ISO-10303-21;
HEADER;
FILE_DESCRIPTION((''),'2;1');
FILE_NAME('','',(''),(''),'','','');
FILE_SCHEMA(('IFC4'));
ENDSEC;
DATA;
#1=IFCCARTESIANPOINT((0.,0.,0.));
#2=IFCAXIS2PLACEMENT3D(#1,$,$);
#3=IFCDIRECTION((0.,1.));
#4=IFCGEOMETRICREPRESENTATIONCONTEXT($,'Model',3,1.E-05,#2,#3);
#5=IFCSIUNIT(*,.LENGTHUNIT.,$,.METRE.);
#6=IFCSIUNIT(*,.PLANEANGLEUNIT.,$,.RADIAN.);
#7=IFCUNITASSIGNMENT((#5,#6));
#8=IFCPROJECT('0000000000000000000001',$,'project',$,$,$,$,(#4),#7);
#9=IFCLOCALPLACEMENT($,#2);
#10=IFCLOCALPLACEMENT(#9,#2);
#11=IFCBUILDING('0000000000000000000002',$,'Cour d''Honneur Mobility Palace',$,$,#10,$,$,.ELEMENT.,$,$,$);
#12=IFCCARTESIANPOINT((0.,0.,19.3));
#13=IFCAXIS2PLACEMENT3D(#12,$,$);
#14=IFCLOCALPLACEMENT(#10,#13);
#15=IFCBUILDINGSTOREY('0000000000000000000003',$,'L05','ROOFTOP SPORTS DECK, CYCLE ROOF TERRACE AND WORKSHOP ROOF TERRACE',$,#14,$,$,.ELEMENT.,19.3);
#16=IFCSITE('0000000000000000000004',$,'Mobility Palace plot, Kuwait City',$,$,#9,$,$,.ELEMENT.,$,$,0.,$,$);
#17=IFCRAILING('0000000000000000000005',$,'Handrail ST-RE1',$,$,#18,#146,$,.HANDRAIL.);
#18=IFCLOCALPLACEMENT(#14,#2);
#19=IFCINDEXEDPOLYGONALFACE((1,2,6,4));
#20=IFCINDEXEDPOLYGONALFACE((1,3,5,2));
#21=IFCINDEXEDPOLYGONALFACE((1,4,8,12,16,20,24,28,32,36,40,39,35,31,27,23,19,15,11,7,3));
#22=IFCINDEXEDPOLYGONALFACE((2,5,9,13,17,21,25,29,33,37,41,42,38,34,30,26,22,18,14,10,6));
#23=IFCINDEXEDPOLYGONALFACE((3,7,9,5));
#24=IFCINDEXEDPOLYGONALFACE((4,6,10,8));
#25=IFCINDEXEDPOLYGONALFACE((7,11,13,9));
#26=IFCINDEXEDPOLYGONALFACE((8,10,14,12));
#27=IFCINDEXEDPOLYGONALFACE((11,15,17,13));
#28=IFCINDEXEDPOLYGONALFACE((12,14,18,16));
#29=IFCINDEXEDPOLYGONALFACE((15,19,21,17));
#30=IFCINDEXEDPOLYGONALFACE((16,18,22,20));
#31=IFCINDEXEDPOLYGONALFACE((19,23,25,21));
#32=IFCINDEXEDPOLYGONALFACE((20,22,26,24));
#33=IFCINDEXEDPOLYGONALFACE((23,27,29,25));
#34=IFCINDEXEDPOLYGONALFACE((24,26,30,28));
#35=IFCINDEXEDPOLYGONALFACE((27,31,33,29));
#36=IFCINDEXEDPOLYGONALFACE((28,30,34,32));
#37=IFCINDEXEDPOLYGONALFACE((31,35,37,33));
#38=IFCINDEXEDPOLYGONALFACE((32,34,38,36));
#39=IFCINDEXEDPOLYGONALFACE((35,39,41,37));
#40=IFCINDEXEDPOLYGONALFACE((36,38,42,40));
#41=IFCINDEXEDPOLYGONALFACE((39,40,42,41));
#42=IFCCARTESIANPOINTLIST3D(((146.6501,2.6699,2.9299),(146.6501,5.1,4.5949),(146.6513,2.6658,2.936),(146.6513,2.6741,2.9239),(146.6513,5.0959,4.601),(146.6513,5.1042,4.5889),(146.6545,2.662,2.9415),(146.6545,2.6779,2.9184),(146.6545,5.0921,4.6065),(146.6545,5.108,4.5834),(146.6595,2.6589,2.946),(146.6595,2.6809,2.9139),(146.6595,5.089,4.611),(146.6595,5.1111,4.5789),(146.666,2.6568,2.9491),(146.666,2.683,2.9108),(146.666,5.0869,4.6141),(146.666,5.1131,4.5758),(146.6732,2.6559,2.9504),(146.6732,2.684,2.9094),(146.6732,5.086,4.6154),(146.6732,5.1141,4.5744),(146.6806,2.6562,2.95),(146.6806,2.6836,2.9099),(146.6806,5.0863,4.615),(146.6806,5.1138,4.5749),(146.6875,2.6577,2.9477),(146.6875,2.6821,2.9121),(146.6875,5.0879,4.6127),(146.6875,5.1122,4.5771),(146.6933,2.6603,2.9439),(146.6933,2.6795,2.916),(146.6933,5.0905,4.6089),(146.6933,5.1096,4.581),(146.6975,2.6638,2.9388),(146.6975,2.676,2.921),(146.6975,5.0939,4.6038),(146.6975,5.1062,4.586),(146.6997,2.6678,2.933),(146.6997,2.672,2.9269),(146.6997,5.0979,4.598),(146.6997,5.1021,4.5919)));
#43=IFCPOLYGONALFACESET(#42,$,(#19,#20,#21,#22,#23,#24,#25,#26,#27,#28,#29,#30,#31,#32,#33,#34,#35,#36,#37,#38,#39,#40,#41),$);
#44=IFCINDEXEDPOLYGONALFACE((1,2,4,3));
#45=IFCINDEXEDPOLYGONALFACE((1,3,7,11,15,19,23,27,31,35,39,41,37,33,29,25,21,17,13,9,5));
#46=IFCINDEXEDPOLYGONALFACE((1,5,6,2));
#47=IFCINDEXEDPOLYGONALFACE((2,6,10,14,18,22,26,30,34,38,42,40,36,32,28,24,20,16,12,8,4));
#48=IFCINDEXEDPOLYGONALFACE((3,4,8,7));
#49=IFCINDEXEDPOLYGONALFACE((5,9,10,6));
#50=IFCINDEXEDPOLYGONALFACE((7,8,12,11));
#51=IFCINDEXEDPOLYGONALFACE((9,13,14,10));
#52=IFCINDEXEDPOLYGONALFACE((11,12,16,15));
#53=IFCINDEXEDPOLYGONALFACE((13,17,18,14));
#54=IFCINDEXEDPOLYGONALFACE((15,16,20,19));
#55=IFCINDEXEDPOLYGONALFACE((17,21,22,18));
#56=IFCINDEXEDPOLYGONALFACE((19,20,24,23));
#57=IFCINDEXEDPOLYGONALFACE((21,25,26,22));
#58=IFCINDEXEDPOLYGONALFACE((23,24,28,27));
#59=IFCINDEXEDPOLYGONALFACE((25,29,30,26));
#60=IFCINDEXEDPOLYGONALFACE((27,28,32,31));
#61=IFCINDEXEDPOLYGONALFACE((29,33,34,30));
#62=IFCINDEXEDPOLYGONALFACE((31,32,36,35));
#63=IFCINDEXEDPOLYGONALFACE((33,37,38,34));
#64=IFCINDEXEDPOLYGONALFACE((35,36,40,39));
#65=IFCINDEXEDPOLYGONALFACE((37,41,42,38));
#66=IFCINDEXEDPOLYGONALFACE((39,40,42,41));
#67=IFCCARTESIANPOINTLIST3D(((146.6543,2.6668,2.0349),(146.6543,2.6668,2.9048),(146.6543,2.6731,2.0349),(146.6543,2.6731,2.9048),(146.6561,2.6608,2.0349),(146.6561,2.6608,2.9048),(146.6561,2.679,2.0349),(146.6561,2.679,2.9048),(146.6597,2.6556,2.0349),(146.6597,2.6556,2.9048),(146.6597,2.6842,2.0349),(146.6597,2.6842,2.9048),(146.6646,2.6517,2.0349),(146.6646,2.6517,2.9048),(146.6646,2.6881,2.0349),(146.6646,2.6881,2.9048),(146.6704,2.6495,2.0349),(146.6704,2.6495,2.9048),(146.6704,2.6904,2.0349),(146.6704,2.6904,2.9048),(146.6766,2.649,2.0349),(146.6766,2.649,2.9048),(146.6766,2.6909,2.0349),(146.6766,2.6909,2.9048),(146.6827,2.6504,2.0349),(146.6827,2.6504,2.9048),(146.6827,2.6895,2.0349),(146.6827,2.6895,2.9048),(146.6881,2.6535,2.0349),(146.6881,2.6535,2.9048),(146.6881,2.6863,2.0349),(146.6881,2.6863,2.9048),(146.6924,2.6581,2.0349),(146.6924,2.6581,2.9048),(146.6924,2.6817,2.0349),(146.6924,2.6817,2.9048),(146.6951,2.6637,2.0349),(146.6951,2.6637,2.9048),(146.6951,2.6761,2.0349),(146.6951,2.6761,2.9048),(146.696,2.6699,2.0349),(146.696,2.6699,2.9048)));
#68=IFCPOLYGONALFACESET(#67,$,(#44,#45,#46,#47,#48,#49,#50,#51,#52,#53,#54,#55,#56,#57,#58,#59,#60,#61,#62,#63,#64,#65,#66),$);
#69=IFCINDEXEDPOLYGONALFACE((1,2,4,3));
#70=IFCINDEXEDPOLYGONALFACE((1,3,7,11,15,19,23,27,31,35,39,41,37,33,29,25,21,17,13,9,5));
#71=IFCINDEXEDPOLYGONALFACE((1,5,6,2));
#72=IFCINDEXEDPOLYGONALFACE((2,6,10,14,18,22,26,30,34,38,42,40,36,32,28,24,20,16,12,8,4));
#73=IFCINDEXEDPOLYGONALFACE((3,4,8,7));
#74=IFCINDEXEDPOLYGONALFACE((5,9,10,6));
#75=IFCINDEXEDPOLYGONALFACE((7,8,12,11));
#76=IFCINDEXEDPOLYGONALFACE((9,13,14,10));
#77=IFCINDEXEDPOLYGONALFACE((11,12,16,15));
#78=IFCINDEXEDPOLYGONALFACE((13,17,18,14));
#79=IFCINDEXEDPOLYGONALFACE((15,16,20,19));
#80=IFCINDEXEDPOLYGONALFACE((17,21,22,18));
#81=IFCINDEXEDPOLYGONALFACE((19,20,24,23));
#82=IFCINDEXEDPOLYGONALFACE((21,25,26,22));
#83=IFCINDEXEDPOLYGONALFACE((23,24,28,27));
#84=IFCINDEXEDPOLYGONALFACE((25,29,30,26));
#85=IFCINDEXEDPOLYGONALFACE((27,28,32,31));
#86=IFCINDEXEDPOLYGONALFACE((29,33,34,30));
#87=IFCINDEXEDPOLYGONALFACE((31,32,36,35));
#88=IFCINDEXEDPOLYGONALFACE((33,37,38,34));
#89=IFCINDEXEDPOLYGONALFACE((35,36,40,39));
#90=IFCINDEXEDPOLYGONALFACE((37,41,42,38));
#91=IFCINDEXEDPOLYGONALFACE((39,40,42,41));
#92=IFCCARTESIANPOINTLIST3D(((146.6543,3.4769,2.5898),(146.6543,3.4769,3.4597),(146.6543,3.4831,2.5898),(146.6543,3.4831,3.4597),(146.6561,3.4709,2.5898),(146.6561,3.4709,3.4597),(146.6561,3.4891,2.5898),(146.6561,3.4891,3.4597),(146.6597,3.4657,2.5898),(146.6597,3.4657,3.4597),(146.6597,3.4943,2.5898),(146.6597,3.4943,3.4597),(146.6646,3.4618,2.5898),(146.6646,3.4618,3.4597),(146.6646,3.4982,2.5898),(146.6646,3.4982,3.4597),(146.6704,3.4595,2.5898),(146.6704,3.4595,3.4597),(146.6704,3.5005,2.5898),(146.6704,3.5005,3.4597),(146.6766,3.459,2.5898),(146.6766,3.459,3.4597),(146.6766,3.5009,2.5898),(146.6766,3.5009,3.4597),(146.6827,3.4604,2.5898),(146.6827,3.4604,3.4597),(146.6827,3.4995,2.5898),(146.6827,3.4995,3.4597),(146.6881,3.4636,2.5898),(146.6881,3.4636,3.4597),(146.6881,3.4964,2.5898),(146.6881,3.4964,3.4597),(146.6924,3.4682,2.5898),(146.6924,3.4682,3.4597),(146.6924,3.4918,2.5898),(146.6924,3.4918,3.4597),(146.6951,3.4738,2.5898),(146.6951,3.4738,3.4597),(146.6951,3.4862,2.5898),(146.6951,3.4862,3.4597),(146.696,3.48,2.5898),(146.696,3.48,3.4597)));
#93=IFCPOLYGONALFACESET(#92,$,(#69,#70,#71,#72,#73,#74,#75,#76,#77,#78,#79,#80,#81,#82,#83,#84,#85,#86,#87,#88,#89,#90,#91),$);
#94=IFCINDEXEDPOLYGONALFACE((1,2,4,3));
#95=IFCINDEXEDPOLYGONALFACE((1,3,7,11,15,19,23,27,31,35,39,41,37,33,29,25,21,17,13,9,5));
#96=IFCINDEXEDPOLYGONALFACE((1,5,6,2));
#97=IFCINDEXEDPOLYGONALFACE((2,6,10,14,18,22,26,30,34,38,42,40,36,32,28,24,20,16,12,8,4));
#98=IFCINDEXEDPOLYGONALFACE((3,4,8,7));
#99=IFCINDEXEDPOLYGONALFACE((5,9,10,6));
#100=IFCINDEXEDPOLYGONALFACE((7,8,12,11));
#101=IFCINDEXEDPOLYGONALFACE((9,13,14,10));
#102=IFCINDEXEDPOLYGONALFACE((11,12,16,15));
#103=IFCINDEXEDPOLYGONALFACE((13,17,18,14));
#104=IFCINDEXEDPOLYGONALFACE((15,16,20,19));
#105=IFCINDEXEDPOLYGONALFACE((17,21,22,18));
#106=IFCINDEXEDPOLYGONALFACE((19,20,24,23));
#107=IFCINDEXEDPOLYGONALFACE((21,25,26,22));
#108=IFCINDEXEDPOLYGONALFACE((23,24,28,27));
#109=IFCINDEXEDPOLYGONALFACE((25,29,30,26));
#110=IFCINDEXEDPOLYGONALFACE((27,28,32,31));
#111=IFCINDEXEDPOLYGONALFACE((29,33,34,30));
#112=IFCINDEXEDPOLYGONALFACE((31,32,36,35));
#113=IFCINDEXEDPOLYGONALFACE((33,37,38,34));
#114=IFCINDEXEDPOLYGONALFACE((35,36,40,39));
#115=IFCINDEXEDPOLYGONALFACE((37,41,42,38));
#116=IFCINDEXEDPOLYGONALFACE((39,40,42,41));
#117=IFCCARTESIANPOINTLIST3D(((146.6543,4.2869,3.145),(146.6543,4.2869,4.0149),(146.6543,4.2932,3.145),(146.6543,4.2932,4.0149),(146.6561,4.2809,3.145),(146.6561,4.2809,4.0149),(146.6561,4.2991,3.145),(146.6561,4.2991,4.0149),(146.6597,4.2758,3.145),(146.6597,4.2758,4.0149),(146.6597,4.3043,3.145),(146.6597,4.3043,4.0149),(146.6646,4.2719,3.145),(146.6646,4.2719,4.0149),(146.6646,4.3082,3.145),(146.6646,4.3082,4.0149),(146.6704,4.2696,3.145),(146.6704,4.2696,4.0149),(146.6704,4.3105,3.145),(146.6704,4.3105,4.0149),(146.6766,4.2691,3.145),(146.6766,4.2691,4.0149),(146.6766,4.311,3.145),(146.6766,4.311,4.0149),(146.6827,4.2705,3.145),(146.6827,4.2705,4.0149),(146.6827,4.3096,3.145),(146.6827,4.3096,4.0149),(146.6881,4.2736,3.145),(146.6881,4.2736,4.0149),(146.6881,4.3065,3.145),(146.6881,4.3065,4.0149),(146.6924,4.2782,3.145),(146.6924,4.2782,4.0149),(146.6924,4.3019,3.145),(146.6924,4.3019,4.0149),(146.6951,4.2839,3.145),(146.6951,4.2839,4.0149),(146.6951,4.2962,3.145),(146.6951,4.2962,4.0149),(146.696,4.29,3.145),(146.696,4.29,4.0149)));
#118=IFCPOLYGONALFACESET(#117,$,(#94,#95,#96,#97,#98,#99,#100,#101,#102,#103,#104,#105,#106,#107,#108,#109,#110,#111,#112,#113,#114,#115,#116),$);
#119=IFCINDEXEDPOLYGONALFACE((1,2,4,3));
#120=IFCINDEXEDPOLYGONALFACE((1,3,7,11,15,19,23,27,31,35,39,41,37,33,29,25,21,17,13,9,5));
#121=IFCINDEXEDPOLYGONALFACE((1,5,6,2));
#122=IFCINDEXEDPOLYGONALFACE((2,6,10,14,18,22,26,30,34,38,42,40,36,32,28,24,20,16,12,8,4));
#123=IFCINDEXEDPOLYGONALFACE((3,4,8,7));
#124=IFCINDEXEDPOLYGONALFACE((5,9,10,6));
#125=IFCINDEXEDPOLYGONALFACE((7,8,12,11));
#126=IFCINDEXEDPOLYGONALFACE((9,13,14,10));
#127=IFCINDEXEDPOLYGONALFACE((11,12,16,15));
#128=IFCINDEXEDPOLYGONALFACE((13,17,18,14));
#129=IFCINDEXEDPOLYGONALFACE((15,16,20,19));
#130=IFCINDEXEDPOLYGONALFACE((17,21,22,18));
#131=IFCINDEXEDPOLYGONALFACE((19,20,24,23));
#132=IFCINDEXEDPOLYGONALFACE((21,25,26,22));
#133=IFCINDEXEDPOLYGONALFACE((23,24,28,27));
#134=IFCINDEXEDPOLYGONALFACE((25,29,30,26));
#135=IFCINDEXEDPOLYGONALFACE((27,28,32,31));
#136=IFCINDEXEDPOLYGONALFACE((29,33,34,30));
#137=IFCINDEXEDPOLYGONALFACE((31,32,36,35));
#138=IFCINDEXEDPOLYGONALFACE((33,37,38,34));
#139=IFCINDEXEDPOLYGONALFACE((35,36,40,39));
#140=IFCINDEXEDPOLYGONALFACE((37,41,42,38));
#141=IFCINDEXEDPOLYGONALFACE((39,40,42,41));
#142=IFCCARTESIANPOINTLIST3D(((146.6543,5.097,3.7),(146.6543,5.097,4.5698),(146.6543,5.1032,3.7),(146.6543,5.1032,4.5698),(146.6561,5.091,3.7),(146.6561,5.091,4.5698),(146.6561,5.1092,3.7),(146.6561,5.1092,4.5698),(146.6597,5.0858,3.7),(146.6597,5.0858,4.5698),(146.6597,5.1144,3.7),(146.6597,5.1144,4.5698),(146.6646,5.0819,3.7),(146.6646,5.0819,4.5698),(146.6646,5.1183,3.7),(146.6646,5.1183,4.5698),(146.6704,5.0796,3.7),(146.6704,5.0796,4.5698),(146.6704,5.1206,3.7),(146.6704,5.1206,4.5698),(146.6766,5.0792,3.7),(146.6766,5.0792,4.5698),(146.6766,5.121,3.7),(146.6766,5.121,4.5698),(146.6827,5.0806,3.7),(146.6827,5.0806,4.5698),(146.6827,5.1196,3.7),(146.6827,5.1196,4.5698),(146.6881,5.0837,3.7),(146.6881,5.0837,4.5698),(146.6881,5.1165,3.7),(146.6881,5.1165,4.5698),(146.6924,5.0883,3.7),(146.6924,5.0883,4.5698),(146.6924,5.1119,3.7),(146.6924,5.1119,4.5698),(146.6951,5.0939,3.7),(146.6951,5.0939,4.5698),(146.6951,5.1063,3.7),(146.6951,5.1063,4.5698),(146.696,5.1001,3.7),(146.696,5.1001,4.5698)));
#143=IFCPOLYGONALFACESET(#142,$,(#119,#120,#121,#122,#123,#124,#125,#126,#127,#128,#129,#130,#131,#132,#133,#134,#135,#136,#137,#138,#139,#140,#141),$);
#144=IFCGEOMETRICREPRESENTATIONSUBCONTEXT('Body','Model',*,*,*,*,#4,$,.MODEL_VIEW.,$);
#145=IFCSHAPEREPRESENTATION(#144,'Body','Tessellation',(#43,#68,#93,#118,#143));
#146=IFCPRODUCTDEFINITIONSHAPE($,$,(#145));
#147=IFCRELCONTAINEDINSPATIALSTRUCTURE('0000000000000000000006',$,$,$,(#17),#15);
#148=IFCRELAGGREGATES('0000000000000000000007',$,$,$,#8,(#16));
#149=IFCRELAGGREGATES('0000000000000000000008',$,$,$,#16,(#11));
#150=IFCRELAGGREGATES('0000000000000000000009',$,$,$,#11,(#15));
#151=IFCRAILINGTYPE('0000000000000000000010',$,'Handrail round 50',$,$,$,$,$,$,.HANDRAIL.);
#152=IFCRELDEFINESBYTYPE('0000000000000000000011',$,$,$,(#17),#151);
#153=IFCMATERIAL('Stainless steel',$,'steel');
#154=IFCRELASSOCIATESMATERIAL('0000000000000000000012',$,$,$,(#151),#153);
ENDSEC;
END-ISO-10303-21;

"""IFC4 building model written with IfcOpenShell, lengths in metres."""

from ifc_helpers import new_model, si_unit, direction, frame, origin, origin_2d, place, context, subcontext, project, spatial, circle, extrude, material, type_object, element, save


model = new_model("IFC4")

# Units and contexts
model_context = context("Model", 3, precision=1e-05, world=origin(), true_north=direction((0.0, 1.0)))
body_context = subcontext(model_context, "Body", "Model", "MODEL_VIEW")
ifc_project = project(units=[si_unit("LENGTHUNIT", "METRE"), si_unit("PLANEANGLEUNIT", "RADIAN")], contexts=[model_context])

# Site, building, storey
site_placement = place(None, origin())
site = spatial("IfcSite", under=ifc_project, at=site_placement, Name="Mobility Palace plot, Kuwait City", CompositionType="ELEMENT", RefElevation=0.0)
building_placement = place(site_placement, origin())
building = spatial("IfcBuilding", under=site, at=building_placement, Name="Cour d'Honneur Mobility Palace", CompositionType="ELEMENT")
storey_placement = place(building_placement, frame((0.0, 0.0, 19.3)))
storey = spatial("IfcBuildingStorey", under=building, at=storey_placement, Name="L05", Description="ROOFTOP SPORTS DECK, CYCLE ROOF TERRACE AND WORKSHOP ROOF TERRACE", CompositionType="ELEMENT", Elevation=19.3)

# Railing
ifc_material_1 = material(Name="Stainless steel", Category="steel")
railing_type_1 = type_object("IfcRailingType", Name="Handrail round 50", PredefinedType="HANDRAIL", material=ifc_material_1)
for number, where, name in (
    (1, (146.675, 2.6699, 2.0349), "Handrail ST-RE1"),
):
    element("IfcRailing", number, at=place(storey_placement, frame(where)), inside=storey, type_object=railing_type_1, Name=name, PredefinedType="HANDRAIL", context=body_context, shape_type="SweptSolid", body=[
        extrude(circle(Radius=0.0249, at=origin_2d()), frame((0.0, 0.0, 0.895), z_axis=(0.0, 0.824945, 0.565213), x_axis=(-1.0, 0.0, 0.0)), (0.0, 0.0, 1.0), 2.9458),
        extrude(circle(Radius=0.021, at=origin_2d()), origin(), (0.0, 0.0, 1.0), 0.8699),
        extrude(circle(Radius=0.021, at=origin_2d()), frame((0.0, 0.8101, 0.5549)), (0.0, 0.0, 1.0), 0.8699),
        extrude(circle(Radius=0.021, at=origin_2d()), frame((0.0, 1.6201, 1.1101)), (0.0, 0.0, 1.0), 0.8699),
        extrude(circle(Radius=0.021, at=origin_2d()), frame((0.0, 2.4302, 1.665)), (0.0, 0.0, 1.0), 0.8699),
    ])

save(model, "model.ifc")
